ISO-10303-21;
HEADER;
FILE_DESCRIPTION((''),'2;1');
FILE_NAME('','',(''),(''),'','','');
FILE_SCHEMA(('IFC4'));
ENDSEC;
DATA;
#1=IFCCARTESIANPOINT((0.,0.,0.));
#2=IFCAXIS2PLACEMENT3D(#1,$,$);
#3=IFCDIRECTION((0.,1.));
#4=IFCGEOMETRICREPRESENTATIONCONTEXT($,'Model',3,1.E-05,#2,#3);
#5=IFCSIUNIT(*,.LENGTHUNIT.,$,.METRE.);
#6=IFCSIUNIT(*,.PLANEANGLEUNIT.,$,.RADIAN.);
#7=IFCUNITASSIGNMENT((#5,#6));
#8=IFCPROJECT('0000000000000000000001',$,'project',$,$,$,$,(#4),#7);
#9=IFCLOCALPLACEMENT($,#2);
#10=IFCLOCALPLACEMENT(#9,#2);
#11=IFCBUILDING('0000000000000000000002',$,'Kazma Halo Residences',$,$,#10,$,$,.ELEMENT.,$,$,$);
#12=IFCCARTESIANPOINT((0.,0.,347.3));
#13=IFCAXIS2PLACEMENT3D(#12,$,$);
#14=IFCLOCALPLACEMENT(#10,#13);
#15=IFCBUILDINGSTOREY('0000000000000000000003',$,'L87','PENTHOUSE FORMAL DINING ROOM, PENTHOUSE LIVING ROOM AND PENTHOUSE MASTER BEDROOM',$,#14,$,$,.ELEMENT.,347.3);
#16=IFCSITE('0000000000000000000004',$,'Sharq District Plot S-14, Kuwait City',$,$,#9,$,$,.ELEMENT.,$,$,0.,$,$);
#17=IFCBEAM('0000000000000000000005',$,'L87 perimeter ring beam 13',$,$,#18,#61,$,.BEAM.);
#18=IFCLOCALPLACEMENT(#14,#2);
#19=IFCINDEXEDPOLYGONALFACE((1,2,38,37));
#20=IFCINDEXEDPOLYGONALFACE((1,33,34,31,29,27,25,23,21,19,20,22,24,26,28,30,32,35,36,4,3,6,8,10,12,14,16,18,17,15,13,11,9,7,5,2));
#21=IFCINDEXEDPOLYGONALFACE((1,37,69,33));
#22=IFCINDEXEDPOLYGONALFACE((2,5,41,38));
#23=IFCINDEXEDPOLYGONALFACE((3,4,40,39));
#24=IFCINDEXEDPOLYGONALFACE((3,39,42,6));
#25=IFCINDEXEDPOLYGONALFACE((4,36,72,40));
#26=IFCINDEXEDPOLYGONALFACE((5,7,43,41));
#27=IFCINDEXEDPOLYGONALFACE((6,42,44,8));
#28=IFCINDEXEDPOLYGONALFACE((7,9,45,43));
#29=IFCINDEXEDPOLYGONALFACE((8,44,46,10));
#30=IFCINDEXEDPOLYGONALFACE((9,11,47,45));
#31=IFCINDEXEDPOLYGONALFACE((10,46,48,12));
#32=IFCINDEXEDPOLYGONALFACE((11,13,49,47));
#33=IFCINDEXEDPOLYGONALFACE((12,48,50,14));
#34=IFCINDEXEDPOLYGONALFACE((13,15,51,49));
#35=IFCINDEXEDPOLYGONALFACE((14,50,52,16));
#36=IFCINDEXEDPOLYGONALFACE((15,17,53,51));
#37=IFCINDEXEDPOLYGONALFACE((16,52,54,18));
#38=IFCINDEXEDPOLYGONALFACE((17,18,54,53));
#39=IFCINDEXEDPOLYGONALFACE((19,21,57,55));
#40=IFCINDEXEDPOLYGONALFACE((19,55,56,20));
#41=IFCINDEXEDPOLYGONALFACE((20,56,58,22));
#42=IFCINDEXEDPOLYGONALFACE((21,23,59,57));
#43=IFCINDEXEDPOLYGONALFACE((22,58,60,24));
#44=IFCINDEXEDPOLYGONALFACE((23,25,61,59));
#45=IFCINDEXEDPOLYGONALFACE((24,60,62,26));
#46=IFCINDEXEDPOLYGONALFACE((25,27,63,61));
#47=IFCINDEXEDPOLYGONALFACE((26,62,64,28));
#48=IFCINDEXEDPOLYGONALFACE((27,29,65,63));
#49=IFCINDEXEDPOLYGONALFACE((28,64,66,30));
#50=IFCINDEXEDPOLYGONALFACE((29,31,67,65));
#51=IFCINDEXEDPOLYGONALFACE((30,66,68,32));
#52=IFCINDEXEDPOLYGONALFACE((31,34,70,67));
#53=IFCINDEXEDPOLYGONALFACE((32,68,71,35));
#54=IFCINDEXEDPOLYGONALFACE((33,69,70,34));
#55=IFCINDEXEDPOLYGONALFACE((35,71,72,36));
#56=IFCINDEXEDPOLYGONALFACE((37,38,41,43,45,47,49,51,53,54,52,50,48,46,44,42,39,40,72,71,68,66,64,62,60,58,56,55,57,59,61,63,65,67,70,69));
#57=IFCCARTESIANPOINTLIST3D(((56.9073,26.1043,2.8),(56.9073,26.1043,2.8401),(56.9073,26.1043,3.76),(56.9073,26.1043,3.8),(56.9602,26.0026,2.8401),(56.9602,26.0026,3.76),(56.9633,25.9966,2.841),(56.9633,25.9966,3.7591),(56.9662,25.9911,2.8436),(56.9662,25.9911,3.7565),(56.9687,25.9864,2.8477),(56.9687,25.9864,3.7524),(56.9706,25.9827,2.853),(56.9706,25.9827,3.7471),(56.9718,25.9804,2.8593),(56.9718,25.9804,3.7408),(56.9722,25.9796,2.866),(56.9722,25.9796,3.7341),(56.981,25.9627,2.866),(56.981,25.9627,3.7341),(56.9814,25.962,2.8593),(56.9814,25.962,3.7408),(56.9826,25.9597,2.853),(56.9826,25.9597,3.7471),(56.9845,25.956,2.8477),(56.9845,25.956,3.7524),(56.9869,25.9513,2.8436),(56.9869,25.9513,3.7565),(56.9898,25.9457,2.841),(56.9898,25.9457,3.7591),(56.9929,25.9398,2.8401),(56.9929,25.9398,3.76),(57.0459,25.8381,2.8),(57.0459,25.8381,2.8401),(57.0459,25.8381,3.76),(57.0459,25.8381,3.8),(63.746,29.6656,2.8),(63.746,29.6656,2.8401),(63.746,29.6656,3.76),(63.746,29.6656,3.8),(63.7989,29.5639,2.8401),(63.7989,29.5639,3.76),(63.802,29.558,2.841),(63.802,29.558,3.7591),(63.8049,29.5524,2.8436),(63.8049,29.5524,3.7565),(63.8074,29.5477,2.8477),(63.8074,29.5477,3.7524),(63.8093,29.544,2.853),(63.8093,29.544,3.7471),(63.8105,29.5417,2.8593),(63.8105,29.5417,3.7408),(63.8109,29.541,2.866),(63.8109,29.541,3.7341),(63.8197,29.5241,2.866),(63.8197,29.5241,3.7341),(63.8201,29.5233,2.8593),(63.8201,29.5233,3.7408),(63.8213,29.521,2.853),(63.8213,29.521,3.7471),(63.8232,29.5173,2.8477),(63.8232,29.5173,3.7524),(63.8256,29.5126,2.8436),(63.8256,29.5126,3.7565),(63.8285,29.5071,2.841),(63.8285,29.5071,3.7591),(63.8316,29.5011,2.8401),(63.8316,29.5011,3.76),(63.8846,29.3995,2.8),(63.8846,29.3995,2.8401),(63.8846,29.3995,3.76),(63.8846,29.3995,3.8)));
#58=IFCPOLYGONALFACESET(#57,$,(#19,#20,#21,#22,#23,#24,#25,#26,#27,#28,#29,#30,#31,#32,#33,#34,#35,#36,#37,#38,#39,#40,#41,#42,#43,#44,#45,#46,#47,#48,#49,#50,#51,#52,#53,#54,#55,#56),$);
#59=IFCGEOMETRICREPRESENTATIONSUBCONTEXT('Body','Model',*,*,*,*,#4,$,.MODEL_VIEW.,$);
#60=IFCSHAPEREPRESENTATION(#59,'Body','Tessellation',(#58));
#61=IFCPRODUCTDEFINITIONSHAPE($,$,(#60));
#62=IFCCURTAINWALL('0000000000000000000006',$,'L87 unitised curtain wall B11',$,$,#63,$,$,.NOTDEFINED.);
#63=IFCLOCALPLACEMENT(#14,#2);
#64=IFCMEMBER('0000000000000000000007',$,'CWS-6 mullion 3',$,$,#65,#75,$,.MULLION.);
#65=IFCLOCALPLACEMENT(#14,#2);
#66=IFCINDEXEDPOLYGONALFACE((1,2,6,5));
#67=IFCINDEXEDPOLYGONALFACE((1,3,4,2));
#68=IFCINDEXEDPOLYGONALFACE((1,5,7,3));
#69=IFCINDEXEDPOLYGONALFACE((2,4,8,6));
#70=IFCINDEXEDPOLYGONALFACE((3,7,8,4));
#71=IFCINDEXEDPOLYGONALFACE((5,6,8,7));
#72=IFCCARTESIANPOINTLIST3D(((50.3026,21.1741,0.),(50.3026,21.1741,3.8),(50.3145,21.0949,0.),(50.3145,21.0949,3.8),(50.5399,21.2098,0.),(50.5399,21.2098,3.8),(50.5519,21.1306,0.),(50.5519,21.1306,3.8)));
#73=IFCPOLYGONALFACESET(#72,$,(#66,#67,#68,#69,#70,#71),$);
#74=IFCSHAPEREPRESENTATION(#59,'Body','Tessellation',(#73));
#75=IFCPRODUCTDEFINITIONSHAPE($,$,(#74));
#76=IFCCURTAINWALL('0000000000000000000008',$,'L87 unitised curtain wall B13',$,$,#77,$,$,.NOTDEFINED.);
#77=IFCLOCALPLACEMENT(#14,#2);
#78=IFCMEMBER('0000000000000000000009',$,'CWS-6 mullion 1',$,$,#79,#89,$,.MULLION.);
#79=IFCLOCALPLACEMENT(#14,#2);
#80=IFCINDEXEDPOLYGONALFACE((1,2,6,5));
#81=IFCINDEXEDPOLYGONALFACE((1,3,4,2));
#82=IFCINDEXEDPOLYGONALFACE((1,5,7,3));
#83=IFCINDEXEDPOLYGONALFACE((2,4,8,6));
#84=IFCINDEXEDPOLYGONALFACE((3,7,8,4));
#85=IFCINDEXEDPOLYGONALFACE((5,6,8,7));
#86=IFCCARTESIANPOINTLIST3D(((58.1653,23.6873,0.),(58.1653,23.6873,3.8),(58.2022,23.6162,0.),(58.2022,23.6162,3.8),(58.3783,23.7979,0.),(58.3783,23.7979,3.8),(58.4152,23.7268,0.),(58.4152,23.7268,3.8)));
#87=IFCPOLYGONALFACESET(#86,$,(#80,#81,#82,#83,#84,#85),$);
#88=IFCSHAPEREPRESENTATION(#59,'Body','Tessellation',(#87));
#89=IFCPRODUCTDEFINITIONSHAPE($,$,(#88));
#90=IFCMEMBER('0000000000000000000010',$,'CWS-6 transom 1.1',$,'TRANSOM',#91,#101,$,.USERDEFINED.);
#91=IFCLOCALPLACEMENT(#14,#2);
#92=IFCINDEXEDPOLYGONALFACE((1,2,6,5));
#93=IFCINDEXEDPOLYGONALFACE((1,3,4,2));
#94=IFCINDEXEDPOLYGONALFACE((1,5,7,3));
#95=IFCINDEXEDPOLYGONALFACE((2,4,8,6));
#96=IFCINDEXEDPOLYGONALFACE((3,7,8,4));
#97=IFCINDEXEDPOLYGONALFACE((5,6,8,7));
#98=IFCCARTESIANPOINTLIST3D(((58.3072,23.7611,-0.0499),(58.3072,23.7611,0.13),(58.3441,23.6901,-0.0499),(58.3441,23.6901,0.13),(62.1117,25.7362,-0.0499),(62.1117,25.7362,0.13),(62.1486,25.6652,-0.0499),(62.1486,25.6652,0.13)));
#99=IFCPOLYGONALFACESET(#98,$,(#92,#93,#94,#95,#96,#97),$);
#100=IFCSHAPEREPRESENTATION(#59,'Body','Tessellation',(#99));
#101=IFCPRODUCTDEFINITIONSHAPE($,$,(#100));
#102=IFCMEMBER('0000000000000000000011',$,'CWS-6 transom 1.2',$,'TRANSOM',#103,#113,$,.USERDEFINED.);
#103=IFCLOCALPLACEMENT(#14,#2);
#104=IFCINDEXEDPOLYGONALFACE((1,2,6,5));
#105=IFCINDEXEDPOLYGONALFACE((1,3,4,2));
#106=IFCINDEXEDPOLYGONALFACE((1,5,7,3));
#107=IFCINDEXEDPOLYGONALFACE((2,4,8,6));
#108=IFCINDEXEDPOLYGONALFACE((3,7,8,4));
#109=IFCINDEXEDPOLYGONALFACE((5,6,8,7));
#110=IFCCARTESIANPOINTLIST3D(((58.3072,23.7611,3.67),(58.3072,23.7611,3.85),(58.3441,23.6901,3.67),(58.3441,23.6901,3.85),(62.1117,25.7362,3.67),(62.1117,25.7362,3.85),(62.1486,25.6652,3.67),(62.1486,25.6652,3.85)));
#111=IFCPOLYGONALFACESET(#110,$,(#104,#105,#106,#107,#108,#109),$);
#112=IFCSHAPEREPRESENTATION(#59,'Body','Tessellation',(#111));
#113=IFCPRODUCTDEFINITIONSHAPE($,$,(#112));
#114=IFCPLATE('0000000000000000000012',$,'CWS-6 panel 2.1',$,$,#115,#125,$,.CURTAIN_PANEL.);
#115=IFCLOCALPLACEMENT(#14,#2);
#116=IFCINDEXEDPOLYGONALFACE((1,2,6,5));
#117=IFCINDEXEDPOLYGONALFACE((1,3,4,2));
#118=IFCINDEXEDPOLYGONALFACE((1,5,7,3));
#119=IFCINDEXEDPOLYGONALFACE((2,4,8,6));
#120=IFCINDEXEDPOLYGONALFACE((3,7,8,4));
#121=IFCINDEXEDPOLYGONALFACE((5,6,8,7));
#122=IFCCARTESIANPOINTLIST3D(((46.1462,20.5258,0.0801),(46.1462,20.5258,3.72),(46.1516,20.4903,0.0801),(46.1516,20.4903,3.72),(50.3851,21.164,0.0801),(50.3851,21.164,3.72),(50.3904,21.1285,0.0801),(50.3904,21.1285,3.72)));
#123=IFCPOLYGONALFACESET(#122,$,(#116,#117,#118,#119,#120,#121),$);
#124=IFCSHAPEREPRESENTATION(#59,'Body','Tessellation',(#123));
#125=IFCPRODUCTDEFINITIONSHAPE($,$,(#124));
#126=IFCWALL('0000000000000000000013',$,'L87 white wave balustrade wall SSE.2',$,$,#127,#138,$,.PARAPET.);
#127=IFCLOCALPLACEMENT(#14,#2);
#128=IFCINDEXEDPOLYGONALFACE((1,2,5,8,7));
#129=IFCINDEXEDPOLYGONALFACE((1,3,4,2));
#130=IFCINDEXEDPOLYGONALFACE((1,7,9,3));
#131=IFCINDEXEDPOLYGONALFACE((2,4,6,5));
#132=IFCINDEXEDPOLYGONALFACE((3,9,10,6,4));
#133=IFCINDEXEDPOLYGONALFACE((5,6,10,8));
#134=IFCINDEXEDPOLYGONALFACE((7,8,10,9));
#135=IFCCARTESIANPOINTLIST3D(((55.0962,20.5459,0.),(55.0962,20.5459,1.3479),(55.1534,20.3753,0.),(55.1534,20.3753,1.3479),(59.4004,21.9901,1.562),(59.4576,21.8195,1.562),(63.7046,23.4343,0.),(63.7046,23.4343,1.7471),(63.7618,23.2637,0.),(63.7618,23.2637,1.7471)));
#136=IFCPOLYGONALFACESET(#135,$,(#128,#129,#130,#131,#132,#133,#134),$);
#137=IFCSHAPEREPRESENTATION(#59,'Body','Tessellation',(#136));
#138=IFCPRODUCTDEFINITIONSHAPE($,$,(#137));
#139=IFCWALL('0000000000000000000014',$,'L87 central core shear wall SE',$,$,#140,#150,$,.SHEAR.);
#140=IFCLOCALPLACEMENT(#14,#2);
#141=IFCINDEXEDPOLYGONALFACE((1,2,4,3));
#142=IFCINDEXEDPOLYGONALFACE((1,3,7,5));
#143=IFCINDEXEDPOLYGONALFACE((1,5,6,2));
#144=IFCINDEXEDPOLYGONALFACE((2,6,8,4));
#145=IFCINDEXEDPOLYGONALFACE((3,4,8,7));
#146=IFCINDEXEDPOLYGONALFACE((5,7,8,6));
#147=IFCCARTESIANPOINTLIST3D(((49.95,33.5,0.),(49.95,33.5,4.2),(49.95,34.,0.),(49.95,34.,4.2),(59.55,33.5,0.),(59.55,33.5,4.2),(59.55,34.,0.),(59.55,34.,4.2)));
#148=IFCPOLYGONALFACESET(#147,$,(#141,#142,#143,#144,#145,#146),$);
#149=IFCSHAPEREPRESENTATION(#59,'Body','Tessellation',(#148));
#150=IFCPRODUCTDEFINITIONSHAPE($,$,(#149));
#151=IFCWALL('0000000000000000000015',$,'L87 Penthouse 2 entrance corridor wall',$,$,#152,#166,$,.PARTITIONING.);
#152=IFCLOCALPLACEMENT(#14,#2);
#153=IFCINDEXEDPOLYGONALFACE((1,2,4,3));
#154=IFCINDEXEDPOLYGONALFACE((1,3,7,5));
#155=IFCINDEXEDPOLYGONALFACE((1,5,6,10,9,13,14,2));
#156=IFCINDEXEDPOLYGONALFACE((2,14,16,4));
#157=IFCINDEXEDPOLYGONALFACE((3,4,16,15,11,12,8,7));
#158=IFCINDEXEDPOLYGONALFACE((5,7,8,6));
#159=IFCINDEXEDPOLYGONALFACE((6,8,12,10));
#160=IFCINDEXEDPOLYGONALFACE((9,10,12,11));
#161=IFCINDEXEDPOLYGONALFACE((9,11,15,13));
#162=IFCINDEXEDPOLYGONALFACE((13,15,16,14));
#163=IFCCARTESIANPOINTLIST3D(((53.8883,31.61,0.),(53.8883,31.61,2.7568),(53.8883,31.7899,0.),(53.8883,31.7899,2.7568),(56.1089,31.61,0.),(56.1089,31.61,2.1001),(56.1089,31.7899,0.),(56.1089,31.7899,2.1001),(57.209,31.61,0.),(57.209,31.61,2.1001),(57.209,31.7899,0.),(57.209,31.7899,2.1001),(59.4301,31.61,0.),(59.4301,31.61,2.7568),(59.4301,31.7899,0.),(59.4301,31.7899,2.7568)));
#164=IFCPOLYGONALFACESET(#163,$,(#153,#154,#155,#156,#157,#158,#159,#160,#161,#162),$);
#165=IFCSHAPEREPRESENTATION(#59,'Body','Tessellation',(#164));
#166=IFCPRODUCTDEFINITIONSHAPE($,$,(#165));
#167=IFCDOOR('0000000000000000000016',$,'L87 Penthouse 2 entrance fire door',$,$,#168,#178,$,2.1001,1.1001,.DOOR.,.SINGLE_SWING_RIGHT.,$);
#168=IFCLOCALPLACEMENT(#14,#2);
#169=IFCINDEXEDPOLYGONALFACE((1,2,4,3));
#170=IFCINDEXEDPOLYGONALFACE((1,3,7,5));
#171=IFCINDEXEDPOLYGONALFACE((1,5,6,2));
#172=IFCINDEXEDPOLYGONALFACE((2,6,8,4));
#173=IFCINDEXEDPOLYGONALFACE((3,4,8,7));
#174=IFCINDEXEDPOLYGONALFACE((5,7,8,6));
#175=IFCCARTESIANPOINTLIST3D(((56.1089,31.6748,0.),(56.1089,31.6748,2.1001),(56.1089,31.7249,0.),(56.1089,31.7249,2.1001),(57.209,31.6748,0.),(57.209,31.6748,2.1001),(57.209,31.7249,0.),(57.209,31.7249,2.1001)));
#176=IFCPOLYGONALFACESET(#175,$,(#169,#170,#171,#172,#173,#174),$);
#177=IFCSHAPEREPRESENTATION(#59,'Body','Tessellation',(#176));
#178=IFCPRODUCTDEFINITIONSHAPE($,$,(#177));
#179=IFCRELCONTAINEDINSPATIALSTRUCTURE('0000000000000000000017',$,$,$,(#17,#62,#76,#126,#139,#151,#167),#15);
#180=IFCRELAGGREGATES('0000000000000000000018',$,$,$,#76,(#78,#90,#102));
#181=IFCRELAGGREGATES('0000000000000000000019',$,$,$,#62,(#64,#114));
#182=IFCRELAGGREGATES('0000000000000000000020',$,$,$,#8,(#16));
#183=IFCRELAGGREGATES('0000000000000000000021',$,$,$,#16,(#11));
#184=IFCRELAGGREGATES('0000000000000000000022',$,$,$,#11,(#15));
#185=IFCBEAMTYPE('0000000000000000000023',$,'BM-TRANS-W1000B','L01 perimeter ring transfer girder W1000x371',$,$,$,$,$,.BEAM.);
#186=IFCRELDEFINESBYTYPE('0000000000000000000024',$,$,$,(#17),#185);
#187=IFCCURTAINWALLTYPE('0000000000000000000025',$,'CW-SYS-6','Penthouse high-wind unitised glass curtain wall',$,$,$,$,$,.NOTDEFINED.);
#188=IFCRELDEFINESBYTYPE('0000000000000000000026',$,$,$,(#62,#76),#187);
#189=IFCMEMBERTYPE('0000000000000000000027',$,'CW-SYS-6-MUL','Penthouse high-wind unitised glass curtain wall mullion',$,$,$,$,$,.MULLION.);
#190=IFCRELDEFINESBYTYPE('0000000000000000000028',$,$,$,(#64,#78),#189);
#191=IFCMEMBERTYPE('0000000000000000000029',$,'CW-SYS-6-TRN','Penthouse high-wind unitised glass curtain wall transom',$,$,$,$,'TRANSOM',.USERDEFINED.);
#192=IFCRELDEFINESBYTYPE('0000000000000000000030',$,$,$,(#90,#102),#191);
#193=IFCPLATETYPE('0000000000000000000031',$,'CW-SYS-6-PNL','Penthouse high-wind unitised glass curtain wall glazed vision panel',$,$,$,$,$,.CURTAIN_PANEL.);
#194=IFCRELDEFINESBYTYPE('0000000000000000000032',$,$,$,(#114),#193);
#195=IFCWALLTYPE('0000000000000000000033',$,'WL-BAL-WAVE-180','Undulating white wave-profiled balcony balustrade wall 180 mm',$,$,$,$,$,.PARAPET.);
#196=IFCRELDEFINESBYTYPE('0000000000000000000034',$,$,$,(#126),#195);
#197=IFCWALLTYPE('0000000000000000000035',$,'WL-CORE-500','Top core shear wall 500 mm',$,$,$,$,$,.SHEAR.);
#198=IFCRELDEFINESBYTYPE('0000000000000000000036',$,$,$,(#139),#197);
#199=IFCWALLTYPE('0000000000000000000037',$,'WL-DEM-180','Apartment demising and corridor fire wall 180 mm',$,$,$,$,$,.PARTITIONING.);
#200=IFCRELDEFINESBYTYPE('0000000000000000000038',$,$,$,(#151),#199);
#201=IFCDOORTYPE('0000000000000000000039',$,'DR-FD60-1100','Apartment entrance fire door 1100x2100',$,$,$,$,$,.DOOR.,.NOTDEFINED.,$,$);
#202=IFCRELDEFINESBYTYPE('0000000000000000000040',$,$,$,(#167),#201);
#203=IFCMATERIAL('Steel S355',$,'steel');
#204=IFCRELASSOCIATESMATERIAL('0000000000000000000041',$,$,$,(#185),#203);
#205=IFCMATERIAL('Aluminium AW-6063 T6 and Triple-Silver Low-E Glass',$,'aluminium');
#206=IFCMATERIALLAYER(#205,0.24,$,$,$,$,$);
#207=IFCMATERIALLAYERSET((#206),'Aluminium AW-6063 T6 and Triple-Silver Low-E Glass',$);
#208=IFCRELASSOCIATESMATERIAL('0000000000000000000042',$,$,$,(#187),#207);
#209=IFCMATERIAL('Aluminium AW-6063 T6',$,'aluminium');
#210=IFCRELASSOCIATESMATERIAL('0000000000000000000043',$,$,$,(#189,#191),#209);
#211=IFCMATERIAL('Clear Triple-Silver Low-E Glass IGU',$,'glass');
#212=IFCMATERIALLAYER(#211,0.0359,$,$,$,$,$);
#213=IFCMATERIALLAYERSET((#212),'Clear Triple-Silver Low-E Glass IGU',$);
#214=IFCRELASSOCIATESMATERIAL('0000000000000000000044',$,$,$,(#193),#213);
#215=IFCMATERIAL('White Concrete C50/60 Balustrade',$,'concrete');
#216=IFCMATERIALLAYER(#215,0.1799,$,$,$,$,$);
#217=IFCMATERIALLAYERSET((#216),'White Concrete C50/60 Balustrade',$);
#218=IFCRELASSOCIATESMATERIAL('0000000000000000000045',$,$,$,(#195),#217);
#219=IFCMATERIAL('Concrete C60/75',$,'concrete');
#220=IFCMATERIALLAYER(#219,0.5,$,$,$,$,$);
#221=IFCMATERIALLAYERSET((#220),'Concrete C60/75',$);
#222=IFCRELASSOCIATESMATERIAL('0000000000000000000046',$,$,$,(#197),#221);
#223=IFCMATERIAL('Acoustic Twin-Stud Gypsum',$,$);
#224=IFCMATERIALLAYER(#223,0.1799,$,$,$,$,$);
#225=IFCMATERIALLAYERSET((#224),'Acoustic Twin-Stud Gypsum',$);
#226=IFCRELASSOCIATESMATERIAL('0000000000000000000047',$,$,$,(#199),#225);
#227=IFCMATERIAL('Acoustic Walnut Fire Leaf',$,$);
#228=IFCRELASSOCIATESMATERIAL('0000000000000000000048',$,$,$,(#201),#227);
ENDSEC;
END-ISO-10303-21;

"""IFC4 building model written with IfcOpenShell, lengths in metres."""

from ifc_helpers import new_model, si_unit, direction, frame, frame_2d, origin, origin_2d, place, context, subcontext, project, spatial, polyline, rectangle, i_section, outline, extrude, material, layer, layer_set, material_profile, profile_set, type_object, element, fill, aggregate, save


model = new_model("IFC4")

# Units and contexts
model_context = context("Model", 3, precision=1e-05, world=origin(), true_north=direction((0.0, 1.0)))
body_context = subcontext(model_context, "Body", "Model", "MODEL_VIEW")
ifc_project = project(units=[si_unit("LENGTHUNIT", "METRE"), si_unit("PLANEANGLEUNIT", "RADIAN")], contexts=[model_context])

# Site, building, storey
site_placement = place(None, origin())
site = spatial("IfcSite", under=ifc_project, at=site_placement, Name="Sharq District Plot S-14, Kuwait City", CompositionType="ELEMENT", RefElevation=0.0)
building_placement = place(site_placement, origin())
building = spatial("IfcBuilding", under=site, at=building_placement, Name="Kazma Halo Residences", CompositionType="ELEMENT")
storey_placement = place(building_placement, frame((0.0, 0.0, 347.3)))
storey = spatial("IfcBuildingStorey", under=building, at=storey_placement, Name="L87", Description="PENTHOUSE FORMAL DINING ROOM, PENTHOUSE LIVING ROOM AND PENTHOUSE MASTER BEDROOM", CompositionType="ELEMENT", Elevation=347.3)

# Shared definitions
ifc_material_1 = material(Name="Concrete C60/75", Category="concrete")

# Beam
ifc_material_2 = material(Name="Steel S355", Category="steel")
ifc_material_profile_1 = material_profile(ifc_material_2, i_section(OverallWidth=0.3, OverallDepth=1.0, WebThickness=0.019, FlangeThickness=0.04, FilletRadius=0.0259, at=origin_2d()), Name="W1000x371")
ifc_profile_set_1 = profile_set([ifc_material_profile_1], Name="Steel S355")
beam_type_1 = type_object("IfcBeamType", Name="BM-TRANS-W1000B", Description="L01 perimeter ring transfer girder W1000x371", PredefinedType="BEAM", material=ifc_profile_set_1)
beam_1_placement = place(storey_placement, frame((56.9766, 25.9712, 3.3), z_axis=(0.886941, 0.461883, 0.0), x_axis=(-0.461883, 0.886941, 0.0)))
element("IfcBeam", 1, at=beam_1_placement, inside=storey, type_object=beam_type_1, Name="L87 perimeter ring beam 13", PredefinedType="BEAM", context=body_context, shape_type="SweptSolid", body=[
    extrude(i_section(OverallWidth=0.3, OverallDepth=1.0, WebThickness=0.019, FlangeThickness=0.04, FilletRadius=0.0259, at=origin_2d()), origin(), (0.0, 0.0, 1.0), 7.7104),
])

# Curtain wall, member
ifc_material_3 = material(Name="Aluminium AW-6063 T6 and Triple-Silver Low-E Glass", Category="aluminium")
ifc_layer_1 = layer(ifc_material_3, 0.24)
ifc_layer_set_1 = layer_set([ifc_layer_1], Name="Aluminium AW-6063 T6 and Triple-Silver Low-E Glass")
curtain_wall_type = type_object("IfcCurtainWallType", Name="CW-SYS-6", Description="Penthouse high-wind unitised glass curtain wall", PredefinedType="NOTDEFINED", material=ifc_layer_set_1)
curtain_wall_1_placement = place(storey_placement, origin())
curtain_wall_1 = element("IfcCurtainWall", 2, at=curtain_wall_1_placement, inside=storey, type_object=curtain_wall_type, Name="L87 unitised curtain wall B11", PredefinedType="NOTDEFINED")
ifc_material_4 = material(Name="Aluminium AW-6063 T6", Category="aluminium")
ifc_material_profile_2 = material_profile(ifc_material_4, rectangle(XDim=0.0801, YDim=0.24, at=origin_2d()), Name="CWM-80x240")
ifc_profile_set_2 = profile_set([ifc_material_profile_2], Name="Aluminium AW-6063 T6")
member_type_1 = type_object("IfcMemberType", Name="CW-SYS-6-MUL", Description="Penthouse high-wind unitised glass curtain wall mullion", PredefinedType="MULLION", material=ifc_profile_set_2)
member_1_placement = place(storey_placement, frame((50.4272, 21.1523, 0.0), z_axis=(0.0, 0.0, 1.0), x_axis=(-0.148871, 0.988857, 0.0)))
member_1 = element("IfcMember", 3, at=member_1_placement, type_object=member_type_1, Name="CWS-6 mullion 3", PredefinedType="MULLION", context=body_context, shape_type="SweptSolid", body=[
    extrude(rectangle(XDim=0.0801, YDim=0.24, at=origin_2d()), origin(), (0.0, 0.0, 1.0), 3.8),
])

# Curtain wall, members
curtain_wall_2_placement = place(storey_placement, origin())
curtain_wall_2 = element("IfcCurtainWall", 4, at=curtain_wall_2_placement, inside=storey, type_object=curtain_wall_type, Name="L87 unitised curtain wall B13", PredefinedType="NOTDEFINED")
member_2_placement = place(storey_placement, frame((58.2903, 23.707, 0.0), z_axis=(0.0, 0.0, 1.0), x_axis=(-0.460796, 0.887506, 0.0)))
member_2 = element("IfcMember", 5, at=member_2_placement, type_object=member_type_1, Name="CWS-6 mullion 1", PredefinedType="MULLION", context=body_context, shape_type="SweptSolid", body=[
    extrude(rectangle(XDim=0.0801, YDim=0.24, at=origin_2d()), origin(), (0.0, 0.0, 1.0), 3.8),
])
ifc_material_profile_3 = material_profile(ifc_material_4, rectangle(XDim=0.0801, YDim=0.1799, at=origin_2d()), Name="CWT-80x180")
ifc_profile_set_3 = profile_set([ifc_material_profile_3], Name="Aluminium AW-6063 T6")
member_type_2 = type_object("IfcMemberType", Name="CW-SYS-6-TRN", Description="Penthouse high-wind unitised glass curtain wall transom", ElementType="TRANSOM", PredefinedType="USERDEFINED", material=ifc_profile_set_3)
member_3_placement = place(storey_placement, frame((58.3257, 23.7256, 0.04), z_axis=(0.887523, 0.460763, 0.0), x_axis=(-0.460763, 0.887523, 0.0)))
member_3 = element("IfcMember", 6, at=member_3_placement, type_object=member_type_2, Name="CWS-6 transom 1.1", ObjectType="TRANSOM", PredefinedType="USERDEFINED", context=body_context, shape_type="SweptSolid", body=[
    extrude(rectangle(XDim=0.0801, YDim=0.1799, at=origin_2d()), origin(), (0.0, 0.0, 1.0), 4.2866),
])
member_4_placement = place(storey_placement, frame((58.3257, 23.7256, 3.76), z_axis=(0.887523, 0.460763, 0.0), x_axis=(-0.460763, 0.887523, 0.0)))
member_4 = element("IfcMember", 7, at=member_4_placement, type_object=member_type_2, Name="CWS-6 transom 1.2", ObjectType="TRANSOM", PredefinedType="USERDEFINED", context=body_context, shape_type="SweptSolid", body=[
    extrude(rectangle(XDim=0.0801, YDim=0.1799, at=origin_2d()), origin(), (0.0, 0.0, 1.0), 4.2866),
])
aggregate(curtain_wall_2, [member_2, member_3, member_4])

# Plate
ifc_material_5 = material(Name="Clear Triple-Silver Low-E Glass IGU", Category="glass")
ifc_layer_2 = layer(ifc_material_5, 0.0359)
ifc_layer_set_2 = layer_set([ifc_layer_2], Name="Clear Triple-Silver Low-E Glass IGU")
plate_type = type_object("IfcPlateType", Name="CW-SYS-6-PNL", Description="Penthouse high-wind unitised glass curtain wall glazed vision panel", PredefinedType="CURTAIN_PANEL", material=ifc_layer_set_2)
plate_placement = place(storey_placement, frame((48.2683, 20.8271, 0.0801), z_axis=(0.0, 0.0, 1.0), x_axis=(0.988857, 0.148871, 0.0)))
plate = element("IfcPlate", 8, at=plate_placement, type_object=plate_type, Name="CWS-6 panel 2.1", PredefinedType="CURTAIN_PANEL", context=body_context, shape_type="SweptSolid", body=[
    extrude(rectangle(XDim=4.2866, YDim=0.0359, at=origin_2d()), origin(), (0.0, 0.0, 1.0), 3.6399),
])
aggregate(curtain_wall_1, [member_1, plate])

# Walls
ifc_material_6 = material(Name="White Concrete C50/60 Balustrade", Category="concrete")
ifc_layer_3 = layer(ifc_material_6, 0.1799)
ifc_layer_set_3 = layer_set([ifc_layer_3], Name="White Concrete C50/60 Balustrade")
wall_type_1 = type_object("IfcWallType", Name="WL-BAL-WAVE-180", Description="Undulating white wave-profiled balcony balustrade wall 180 mm", PredefinedType="PARAPET", material=ifc_layer_set_3)
wall_1_placement = place(storey_placement, frame((55.1248, 20.4607, 0.0), z_axis=(0.0, 0.0, 1.0), x_axis=(0.948055, 0.318107, 0.0)))
element("IfcWall", 9, at=wall_1_placement, inside=storey, type_object=wall_type_1, Name="L87 white wave balustrade wall SSE.2", PredefinedType="PARAPET", context=body_context, shape_type="SweptSolid", body=[
    extrude(outline(polyline([(0.0, 0.0), (9.0801, 0.0), (9.0801, 1.7471), (4.54, 1.562), (0.0, 1.3479), (0.0, 0.0)])), frame((0.0, 0.0898, 0.0), z_axis=(0.0, -1.0, 0.0), x_axis=(1.0, 0.0, 0.0)), (0.0, 0.0, 1.0), 0.1799),
])
ifc_layer_4 = layer(ifc_material_1, 0.5)
ifc_layer_set_4 = layer_set([ifc_layer_4], Name="Concrete C60/75")
wall_type_2 = type_object("IfcWallType", Name="WL-CORE-500", Description="Top core shear wall 500 mm", PredefinedType="SHEAR", material=ifc_layer_set_4)
wall_2_placement = place(storey_placement, frame((49.95, 33.75, 0.0), z_axis=(0.0, 0.0, 1.0), x_axis=(1.0, 0.0, 0.0)))
element("IfcWall", 10, at=wall_2_placement, inside=storey, type_object=wall_type_2, Name="L87 central core shear wall SE", PredefinedType="SHEAR", context=body_context, shape_type="SweptSolid", body=[
    extrude(rectangle(XDim=9.6001, YDim=0.5, at=frame_2d((4.8, 0.0))), origin(), (0.0, 0.0, 1.0), 4.2),
])

# Wall, opening, door
ifc_material_7 = material(Name="Acoustic Twin-Stud Gypsum")
ifc_layer_5 = layer(ifc_material_7, 0.1799)
ifc_layer_set_5 = layer_set([ifc_layer_5], Name="Acoustic Twin-Stud Gypsum")
wall_type_3 = type_object("IfcWallType", Name="WL-DEM-180", Description="Apartment demising and corridor fire wall 180 mm", PredefinedType="PARTITIONING", material=ifc_layer_set_5)
wall_3_placement = place(storey_placement, frame((53.8882, 31.7, 0.0), z_axis=(0.0, 0.0, 1.0), x_axis=(1.0, 0.0, 0.0)))
wall_3 = element("IfcWall", 11, at=wall_3_placement, inside=storey, type_object=wall_type_3, Name="L87 Penthouse 2 entrance corridor wall", PredefinedType="PARTITIONING", context=body_context, shape_type="SweptSolid", body=[
    extrude(rectangle(XDim=5.5417, YDim=0.1799, at=frame_2d((2.771, 0.0))), origin(), (0.0, 0.0, 1.0), 2.7568),
])
opening_1_placement = place(wall_3_placement, frame((2.2207, 0.0, 0.0)))
opening_1 = element("IfcOpeningElement", 12, at=opening_1_placement, cuts=wall_3, PredefinedType="OPENING", context=body_context, shape_type="SweptSolid", body=[
    extrude(rectangle(XDim=1.1001, YDim=2.1001, at=frame_2d((0.55, 1.05))), frame((0.0, 0.0999, 0.0), z_axis=(0.0, -1.0, 0.0), x_axis=(1.0, 0.0, 0.0)), (0.0, 0.0, 1.0), 0.2),
])
ifc_material_8 = material(Name="Acoustic Walnut Fire Leaf")
door_type_1 = type_object("IfcDoorType", Name="DR-FD60-1100", Description="Apartment entrance fire door 1100x2100", OperationType="NOTDEFINED", PredefinedType="DOOR", material=ifc_material_8)
door_1_placement = place(opening_1_placement, origin())
door_1 = element("IfcDoor", 13, at=door_1_placement, inside=storey, type_object=door_type_1, Name="L87 Penthouse 2 entrance fire door", OperationType="SINGLE_SWING_RIGHT", OverallHeight=2.1001, OverallWidth=1.1001, PredefinedType="DOOR", context=body_context, shape_type="SweptSolid", body=[
    extrude(rectangle(XDim=1.1001, YDim=2.1001, at=frame_2d((0.55, 1.05))), frame((0.0, 0.0249, 0.0), z_axis=(0.0, -1.0, 0.0), x_axis=(1.0, 0.0, 0.0)), (0.0, 0.0, 1.0), 0.05),
])
fill(opening_1, door_1)

save(model, "model.ifc")
